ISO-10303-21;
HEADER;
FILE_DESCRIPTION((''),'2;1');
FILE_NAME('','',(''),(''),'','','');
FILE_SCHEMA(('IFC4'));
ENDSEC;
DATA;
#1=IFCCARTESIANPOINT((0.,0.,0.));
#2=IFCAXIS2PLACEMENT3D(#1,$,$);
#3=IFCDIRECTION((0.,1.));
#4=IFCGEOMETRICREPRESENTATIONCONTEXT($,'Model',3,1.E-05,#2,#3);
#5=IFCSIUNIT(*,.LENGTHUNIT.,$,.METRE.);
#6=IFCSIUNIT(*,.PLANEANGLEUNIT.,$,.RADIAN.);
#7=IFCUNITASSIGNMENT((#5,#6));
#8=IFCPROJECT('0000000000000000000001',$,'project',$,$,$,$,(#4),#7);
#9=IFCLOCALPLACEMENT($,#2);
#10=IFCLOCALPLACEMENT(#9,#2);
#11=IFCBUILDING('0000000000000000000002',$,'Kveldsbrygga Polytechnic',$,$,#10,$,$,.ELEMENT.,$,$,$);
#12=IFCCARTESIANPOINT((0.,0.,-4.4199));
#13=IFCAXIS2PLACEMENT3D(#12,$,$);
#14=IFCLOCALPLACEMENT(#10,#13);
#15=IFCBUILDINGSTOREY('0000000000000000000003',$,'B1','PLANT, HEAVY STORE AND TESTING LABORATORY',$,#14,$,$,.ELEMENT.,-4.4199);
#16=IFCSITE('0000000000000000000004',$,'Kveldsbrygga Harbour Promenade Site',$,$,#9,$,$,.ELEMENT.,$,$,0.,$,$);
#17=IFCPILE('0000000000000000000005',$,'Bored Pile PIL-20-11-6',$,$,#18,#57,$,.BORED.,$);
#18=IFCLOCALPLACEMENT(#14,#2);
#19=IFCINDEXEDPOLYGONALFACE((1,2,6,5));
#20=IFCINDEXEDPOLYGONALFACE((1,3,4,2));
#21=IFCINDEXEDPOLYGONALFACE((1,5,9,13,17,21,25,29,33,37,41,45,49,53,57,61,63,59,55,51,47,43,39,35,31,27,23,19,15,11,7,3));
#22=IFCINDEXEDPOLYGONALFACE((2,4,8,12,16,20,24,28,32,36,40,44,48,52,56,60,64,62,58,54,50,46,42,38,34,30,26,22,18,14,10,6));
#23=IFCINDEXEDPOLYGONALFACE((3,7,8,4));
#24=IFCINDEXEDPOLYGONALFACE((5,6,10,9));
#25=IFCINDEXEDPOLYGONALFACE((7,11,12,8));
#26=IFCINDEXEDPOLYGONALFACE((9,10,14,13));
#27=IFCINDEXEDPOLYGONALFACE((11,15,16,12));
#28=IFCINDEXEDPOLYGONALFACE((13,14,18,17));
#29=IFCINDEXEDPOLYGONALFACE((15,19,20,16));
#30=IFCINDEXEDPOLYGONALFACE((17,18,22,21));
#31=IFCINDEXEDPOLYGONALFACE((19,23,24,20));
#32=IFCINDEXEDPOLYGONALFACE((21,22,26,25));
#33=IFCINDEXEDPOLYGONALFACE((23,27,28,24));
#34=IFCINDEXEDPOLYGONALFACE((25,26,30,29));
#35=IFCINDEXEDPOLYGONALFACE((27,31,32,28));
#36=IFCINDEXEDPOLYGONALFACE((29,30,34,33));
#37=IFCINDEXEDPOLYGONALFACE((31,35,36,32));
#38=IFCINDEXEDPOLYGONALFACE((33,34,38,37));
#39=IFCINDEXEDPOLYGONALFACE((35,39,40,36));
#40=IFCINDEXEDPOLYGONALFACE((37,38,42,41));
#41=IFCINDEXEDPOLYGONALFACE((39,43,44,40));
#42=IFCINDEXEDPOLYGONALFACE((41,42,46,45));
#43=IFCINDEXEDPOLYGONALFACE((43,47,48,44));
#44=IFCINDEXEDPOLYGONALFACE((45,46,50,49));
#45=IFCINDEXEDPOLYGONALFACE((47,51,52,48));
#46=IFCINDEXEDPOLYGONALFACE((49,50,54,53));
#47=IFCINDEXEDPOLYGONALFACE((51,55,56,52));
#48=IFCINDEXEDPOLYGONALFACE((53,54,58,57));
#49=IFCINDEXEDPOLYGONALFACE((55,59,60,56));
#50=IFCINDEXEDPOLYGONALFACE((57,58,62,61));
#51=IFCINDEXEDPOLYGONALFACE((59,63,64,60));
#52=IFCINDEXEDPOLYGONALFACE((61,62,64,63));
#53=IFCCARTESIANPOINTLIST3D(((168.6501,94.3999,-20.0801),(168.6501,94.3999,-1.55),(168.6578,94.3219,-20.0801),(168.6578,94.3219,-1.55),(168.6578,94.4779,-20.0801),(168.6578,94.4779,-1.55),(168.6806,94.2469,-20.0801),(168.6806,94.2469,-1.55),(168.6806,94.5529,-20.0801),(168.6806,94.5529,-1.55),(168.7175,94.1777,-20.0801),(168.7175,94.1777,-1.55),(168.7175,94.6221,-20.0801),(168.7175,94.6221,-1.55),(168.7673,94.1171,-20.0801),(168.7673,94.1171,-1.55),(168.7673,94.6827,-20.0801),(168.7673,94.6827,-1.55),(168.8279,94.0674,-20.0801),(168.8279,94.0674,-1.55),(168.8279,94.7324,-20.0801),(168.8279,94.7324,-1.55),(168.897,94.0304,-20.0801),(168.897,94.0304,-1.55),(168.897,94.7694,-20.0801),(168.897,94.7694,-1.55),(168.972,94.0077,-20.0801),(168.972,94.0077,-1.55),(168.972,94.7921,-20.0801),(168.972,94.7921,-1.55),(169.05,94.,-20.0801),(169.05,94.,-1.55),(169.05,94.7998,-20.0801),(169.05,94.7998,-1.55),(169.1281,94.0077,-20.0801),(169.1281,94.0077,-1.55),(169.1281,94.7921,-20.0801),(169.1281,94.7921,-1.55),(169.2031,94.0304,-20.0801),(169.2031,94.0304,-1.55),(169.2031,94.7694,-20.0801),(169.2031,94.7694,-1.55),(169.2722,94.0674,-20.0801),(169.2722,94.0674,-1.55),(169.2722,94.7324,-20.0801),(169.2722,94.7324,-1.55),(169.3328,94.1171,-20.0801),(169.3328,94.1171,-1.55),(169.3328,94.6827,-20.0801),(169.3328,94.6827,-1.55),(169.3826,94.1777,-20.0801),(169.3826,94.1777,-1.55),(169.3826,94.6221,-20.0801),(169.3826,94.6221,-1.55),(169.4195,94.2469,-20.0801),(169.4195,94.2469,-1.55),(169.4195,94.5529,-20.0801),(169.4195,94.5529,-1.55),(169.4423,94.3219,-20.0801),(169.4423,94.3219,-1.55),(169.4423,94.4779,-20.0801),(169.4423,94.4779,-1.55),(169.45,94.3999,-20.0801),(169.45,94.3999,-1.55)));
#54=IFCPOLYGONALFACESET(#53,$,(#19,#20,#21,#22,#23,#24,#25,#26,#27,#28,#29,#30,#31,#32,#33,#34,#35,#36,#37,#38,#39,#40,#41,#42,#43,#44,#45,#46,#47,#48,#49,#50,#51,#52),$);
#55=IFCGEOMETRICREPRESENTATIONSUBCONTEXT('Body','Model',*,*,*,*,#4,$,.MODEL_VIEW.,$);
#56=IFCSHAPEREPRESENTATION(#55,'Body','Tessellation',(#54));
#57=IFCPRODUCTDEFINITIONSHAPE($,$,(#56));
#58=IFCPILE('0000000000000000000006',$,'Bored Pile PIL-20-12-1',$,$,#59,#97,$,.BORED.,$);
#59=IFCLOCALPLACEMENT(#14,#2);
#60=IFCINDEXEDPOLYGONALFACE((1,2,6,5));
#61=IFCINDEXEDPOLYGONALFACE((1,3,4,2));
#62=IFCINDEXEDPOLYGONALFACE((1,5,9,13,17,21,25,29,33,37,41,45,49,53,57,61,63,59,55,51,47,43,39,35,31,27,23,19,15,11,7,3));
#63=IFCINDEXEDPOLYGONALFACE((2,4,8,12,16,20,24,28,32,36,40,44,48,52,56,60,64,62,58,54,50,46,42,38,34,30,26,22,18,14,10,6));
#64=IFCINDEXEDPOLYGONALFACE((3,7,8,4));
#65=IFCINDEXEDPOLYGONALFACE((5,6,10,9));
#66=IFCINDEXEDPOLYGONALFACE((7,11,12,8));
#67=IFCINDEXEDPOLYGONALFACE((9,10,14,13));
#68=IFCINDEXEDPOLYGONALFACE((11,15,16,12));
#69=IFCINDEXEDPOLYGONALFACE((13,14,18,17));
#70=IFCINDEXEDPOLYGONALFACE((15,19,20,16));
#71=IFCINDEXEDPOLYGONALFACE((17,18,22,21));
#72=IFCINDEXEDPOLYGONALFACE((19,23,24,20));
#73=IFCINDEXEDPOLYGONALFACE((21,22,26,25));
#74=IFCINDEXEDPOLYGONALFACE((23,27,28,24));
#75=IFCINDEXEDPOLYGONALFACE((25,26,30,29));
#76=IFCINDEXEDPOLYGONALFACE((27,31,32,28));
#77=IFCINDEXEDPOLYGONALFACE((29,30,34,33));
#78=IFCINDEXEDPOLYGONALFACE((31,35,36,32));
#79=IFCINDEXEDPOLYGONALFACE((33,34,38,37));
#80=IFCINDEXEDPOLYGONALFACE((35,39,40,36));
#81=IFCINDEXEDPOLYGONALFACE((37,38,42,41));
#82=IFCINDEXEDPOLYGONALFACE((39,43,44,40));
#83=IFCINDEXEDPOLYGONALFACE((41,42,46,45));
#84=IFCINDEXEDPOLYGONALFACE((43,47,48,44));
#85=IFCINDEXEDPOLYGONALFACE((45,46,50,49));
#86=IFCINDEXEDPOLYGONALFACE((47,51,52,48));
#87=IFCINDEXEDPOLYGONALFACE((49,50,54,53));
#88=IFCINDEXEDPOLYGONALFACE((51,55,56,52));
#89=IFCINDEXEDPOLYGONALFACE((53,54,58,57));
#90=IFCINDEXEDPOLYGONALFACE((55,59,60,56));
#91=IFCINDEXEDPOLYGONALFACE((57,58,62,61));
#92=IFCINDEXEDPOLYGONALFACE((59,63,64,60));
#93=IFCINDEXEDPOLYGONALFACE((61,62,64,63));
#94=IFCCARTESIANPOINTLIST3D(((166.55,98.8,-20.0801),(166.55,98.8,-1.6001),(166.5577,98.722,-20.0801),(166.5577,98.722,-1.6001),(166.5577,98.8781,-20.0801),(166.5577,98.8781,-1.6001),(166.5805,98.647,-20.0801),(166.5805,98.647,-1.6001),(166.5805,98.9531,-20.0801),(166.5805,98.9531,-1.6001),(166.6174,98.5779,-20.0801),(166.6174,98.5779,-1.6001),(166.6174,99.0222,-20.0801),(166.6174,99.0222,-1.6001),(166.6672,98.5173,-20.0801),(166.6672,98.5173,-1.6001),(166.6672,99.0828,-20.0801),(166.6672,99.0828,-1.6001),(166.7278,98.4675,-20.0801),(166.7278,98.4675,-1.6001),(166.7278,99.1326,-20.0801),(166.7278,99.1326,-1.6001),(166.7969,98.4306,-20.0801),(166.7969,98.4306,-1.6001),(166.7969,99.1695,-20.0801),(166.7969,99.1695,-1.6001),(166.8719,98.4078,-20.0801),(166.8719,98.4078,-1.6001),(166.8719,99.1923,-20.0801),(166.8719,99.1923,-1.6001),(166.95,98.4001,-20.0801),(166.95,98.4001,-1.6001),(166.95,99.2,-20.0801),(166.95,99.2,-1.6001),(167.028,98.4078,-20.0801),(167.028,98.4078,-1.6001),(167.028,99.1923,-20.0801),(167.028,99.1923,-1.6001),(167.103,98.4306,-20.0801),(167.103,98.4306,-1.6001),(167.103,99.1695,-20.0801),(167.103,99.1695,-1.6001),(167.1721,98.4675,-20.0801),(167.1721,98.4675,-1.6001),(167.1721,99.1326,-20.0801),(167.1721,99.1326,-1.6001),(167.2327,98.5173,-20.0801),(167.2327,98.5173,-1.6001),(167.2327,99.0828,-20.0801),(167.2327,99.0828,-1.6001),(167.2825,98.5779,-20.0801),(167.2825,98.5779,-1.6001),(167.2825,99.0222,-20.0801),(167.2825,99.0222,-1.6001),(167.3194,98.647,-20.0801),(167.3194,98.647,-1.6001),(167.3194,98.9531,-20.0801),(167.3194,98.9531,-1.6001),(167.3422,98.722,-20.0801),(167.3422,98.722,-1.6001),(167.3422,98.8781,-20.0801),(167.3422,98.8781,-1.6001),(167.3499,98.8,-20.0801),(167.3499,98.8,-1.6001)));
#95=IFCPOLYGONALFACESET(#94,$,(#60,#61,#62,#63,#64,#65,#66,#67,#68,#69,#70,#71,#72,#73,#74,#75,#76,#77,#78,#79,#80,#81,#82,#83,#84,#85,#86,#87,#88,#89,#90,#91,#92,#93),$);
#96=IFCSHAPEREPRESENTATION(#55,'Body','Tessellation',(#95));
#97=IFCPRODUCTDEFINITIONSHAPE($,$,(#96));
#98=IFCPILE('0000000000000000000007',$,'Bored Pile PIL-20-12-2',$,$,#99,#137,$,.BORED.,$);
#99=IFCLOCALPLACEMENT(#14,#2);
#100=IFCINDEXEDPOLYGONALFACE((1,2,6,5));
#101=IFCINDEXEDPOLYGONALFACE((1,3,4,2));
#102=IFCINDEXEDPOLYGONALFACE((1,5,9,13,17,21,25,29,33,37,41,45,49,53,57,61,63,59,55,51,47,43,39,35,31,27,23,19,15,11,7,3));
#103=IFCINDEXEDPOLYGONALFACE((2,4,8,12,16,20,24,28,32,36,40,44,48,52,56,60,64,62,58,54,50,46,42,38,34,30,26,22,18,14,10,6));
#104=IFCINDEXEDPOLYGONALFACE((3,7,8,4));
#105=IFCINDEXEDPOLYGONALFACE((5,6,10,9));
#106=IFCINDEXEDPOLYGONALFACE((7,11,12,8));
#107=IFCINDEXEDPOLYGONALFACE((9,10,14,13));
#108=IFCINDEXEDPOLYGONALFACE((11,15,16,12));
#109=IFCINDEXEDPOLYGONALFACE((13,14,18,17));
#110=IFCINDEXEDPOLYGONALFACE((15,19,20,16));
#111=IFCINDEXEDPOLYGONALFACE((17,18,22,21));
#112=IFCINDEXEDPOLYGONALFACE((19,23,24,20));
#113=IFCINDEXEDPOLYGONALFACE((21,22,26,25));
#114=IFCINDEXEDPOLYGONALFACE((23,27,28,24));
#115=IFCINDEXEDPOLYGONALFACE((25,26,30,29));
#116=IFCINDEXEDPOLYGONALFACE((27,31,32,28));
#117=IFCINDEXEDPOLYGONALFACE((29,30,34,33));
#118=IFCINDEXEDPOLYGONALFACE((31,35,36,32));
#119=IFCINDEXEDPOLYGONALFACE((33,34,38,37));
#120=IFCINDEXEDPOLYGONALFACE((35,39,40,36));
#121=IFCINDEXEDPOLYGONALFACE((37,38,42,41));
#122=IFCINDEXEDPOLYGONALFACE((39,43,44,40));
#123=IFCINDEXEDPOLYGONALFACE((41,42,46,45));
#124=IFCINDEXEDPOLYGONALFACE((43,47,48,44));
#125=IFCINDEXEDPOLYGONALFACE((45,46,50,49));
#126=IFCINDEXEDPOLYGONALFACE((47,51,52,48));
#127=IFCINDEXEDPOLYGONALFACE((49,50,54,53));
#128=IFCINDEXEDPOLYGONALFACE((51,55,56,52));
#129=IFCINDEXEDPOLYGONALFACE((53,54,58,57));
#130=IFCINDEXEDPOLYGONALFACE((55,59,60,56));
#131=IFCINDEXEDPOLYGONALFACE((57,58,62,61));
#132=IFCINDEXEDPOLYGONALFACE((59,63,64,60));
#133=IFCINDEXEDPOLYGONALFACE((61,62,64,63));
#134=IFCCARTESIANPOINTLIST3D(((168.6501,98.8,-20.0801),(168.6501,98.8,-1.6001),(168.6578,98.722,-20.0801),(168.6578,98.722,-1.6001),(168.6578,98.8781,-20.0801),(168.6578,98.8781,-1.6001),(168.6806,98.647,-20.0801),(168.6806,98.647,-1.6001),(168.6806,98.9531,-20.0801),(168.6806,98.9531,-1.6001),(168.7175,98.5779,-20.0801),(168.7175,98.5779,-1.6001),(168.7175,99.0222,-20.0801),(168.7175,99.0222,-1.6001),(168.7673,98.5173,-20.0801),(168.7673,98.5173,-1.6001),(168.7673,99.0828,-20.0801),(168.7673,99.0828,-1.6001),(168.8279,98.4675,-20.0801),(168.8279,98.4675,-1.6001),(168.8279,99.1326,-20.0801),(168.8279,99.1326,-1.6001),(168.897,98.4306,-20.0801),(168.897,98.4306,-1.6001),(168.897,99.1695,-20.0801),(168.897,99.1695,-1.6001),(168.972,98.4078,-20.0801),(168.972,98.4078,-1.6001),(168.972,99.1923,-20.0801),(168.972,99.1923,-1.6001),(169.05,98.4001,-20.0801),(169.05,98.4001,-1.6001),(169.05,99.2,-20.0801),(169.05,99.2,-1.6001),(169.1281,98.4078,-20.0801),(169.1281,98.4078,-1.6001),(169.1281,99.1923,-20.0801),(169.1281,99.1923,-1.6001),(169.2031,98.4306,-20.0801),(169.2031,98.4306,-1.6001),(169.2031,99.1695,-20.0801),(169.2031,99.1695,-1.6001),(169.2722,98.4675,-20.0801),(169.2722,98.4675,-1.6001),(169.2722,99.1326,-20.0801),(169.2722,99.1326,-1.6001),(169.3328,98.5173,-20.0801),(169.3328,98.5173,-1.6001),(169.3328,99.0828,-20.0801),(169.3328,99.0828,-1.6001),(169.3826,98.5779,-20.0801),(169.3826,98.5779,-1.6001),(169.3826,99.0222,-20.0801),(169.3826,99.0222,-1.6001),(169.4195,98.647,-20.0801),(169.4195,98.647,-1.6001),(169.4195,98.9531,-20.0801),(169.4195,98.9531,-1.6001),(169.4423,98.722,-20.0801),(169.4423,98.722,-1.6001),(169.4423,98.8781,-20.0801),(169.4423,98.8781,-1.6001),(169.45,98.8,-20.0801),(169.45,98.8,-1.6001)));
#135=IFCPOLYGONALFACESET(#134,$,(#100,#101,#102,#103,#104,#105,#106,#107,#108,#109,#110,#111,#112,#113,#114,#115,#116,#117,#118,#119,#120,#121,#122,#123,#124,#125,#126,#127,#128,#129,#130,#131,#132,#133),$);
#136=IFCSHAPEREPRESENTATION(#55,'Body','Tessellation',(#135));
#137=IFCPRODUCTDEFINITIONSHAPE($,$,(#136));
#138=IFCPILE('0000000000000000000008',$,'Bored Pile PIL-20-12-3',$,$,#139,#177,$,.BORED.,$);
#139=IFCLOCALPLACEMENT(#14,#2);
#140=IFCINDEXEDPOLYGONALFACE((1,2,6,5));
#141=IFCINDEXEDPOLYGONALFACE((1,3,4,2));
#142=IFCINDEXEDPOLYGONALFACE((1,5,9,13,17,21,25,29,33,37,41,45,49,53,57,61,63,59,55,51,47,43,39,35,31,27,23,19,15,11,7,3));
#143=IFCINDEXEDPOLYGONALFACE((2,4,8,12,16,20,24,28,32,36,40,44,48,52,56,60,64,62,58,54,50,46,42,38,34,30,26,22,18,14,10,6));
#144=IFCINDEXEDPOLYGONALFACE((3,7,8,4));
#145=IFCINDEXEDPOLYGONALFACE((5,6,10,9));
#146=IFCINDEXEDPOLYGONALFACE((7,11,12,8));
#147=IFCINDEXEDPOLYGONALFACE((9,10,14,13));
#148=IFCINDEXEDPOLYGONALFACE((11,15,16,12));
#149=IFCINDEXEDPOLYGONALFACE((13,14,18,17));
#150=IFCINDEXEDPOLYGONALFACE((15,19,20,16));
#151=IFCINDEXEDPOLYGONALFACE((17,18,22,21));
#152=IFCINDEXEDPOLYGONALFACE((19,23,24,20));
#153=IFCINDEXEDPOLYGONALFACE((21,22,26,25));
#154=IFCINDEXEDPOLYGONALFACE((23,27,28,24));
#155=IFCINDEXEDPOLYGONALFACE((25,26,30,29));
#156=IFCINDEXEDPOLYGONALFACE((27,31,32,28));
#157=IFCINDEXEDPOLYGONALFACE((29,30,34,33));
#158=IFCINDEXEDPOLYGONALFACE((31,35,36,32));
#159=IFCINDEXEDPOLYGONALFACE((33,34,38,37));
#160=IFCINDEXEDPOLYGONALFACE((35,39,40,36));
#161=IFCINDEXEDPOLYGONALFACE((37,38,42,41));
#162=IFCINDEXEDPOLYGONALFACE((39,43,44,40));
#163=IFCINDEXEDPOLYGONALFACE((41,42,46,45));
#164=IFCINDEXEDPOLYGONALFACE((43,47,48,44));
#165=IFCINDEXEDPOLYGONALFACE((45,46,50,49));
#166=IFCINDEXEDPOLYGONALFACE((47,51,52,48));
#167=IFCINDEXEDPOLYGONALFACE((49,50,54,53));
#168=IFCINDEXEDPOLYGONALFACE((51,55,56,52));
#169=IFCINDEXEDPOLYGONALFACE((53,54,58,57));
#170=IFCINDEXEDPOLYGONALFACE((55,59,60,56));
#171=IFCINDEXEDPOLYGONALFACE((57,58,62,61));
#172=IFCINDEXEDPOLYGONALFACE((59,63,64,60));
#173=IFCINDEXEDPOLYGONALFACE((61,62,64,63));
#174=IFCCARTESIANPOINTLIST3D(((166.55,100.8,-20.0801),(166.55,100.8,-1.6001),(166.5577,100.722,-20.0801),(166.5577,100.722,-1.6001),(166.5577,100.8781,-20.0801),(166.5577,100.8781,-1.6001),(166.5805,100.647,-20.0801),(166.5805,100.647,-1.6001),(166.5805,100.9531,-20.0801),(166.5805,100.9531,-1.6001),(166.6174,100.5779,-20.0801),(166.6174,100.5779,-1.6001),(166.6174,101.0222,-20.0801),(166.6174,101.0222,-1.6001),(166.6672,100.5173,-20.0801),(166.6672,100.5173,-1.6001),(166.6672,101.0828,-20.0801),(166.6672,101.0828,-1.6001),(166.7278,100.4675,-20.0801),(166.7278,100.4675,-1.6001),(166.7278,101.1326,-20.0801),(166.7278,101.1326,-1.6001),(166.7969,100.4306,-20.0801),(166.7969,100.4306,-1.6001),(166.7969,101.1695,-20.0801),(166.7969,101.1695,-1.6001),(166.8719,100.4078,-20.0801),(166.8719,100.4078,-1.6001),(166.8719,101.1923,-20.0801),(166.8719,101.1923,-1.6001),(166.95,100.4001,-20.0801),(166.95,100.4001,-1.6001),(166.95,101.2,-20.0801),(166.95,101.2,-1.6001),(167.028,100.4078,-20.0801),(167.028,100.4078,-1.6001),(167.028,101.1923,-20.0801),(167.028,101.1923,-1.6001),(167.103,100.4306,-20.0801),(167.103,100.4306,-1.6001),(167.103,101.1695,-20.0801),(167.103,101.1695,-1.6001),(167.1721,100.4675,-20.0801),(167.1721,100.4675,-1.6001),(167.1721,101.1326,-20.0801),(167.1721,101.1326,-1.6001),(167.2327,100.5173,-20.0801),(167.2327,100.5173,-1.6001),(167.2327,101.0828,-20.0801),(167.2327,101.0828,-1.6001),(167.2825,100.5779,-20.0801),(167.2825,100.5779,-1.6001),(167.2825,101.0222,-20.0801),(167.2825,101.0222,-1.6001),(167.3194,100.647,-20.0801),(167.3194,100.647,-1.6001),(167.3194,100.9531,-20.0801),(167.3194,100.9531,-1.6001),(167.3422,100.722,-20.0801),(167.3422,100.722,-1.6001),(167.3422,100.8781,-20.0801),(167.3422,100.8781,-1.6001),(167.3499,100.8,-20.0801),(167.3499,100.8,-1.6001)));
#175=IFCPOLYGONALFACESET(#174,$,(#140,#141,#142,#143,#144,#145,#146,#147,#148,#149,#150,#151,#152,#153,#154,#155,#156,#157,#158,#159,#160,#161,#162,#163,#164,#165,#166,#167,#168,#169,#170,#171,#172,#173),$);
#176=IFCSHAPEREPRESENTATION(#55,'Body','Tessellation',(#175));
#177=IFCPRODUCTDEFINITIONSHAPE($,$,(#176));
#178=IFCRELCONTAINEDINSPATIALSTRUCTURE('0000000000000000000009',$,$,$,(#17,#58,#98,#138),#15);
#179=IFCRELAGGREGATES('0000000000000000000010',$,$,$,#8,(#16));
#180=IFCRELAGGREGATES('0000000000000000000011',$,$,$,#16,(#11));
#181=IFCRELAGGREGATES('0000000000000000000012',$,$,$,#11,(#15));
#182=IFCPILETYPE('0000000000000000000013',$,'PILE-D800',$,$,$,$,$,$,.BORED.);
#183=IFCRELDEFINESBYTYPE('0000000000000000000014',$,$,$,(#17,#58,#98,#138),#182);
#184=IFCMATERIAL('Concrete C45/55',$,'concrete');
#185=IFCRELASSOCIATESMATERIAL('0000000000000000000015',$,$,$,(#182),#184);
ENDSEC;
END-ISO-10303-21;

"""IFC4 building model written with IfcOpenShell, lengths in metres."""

from ifc_helpers import new_model, si_unit, direction, frame, origin, origin_2d, place, context, subcontext, project, spatial, circle, extrude, material, material_profile, profile_set, type_object, element, save


model = new_model("IFC4")

# Units and contexts
model_context = context("Model", 3, precision=1e-05, world=origin(), true_north=direction((0.0, 1.0)))
body_context = subcontext(model_context, "Body", "Model", "MODEL_VIEW")
ifc_project = project(units=[si_unit("LENGTHUNIT", "METRE"), si_unit("PLANEANGLEUNIT", "RADIAN")], contexts=[model_context])

# Site, building, storey
site_placement = place(None, origin())
site = spatial("IfcSite", under=ifc_project, at=site_placement, Name="Kveldsbrygga Harbour Promenade Site", CompositionType="ELEMENT", RefElevation=0.0)
building_placement = place(site_placement, origin())
building = spatial("IfcBuilding", under=site, at=building_placement, Name="Kveldsbrygga Polytechnic", CompositionType="ELEMENT")
storey_placement = place(building_placement, frame((0.0, 0.0, -4.4199)))
storey = spatial("IfcBuildingStorey", under=building, at=storey_placement, Name="B1", Description="PLANT, HEAVY STORE AND TESTING LABORATORY", CompositionType="ELEMENT", Elevation=-4.4199)

# Shared definitions
ifc_material_1 = material(Name="Concrete C45/55", Category="concrete")

# Piles
ifc_material_profile_1 = material_profile(ifc_material_1, circle(Radius=0.3999, at=origin_2d()), Name="PILE D800")
ifc_profile_set_1 = profile_set([ifc_material_profile_1], Name="Concrete C45/55")
pile_type = type_object("IfcPileType", Name="PILE-D800", PredefinedType="BORED", material=ifc_profile_set_1)
for number, where, z_axis, x_axis, name in (
    (1, (169.05, 94.3999, -1.55), (0.0, 0.0, -1.0), (1.0, 0.0, 0.0), "Bored Pile PIL-20-11-6"),
):
    element("IfcPile", number, at=place(storey_placement, frame(where, z_axis=z_axis, x_axis=x_axis)), inside=storey, type_object=pile_type, Name=name, PredefinedType="BORED", context=body_context, shape_type="SweptSolid", body=[
        extrude(circle(Radius=0.3999, at=origin_2d()), origin(), (0.0, 0.0, 1.0), 18.53),
    ])
for number, where, z_axis, x_axis, name in (
    (2, (166.95, 98.8, -1.6001), (0.0, 0.0, -1.0), (1.0, 0.0, 0.0), "Bored Pile PIL-20-12-1"),
    (3, (169.05, 98.8, -1.6001), (0.0, 0.0, -1.0), (1.0, 0.0, 0.0), "Bored Pile PIL-20-12-2"),
    (4, (166.95, 100.8, -1.6001), (0.0, 0.0, -1.0), (1.0, 0.0, 0.0), "Bored Pile PIL-20-12-3"),
):
    element("IfcPile", number, at=place(storey_placement, frame(where, z_axis=z_axis, x_axis=x_axis)), inside=storey, type_object=pile_type, Name=name, PredefinedType="BORED", context=body_context, shape_type="SweptSolid", body=[
        extrude(circle(Radius=0.3999, at=origin_2d()), origin(), (0.0, 0.0, 1.0), 18.48),
    ])

save(model, "model.ifc")
